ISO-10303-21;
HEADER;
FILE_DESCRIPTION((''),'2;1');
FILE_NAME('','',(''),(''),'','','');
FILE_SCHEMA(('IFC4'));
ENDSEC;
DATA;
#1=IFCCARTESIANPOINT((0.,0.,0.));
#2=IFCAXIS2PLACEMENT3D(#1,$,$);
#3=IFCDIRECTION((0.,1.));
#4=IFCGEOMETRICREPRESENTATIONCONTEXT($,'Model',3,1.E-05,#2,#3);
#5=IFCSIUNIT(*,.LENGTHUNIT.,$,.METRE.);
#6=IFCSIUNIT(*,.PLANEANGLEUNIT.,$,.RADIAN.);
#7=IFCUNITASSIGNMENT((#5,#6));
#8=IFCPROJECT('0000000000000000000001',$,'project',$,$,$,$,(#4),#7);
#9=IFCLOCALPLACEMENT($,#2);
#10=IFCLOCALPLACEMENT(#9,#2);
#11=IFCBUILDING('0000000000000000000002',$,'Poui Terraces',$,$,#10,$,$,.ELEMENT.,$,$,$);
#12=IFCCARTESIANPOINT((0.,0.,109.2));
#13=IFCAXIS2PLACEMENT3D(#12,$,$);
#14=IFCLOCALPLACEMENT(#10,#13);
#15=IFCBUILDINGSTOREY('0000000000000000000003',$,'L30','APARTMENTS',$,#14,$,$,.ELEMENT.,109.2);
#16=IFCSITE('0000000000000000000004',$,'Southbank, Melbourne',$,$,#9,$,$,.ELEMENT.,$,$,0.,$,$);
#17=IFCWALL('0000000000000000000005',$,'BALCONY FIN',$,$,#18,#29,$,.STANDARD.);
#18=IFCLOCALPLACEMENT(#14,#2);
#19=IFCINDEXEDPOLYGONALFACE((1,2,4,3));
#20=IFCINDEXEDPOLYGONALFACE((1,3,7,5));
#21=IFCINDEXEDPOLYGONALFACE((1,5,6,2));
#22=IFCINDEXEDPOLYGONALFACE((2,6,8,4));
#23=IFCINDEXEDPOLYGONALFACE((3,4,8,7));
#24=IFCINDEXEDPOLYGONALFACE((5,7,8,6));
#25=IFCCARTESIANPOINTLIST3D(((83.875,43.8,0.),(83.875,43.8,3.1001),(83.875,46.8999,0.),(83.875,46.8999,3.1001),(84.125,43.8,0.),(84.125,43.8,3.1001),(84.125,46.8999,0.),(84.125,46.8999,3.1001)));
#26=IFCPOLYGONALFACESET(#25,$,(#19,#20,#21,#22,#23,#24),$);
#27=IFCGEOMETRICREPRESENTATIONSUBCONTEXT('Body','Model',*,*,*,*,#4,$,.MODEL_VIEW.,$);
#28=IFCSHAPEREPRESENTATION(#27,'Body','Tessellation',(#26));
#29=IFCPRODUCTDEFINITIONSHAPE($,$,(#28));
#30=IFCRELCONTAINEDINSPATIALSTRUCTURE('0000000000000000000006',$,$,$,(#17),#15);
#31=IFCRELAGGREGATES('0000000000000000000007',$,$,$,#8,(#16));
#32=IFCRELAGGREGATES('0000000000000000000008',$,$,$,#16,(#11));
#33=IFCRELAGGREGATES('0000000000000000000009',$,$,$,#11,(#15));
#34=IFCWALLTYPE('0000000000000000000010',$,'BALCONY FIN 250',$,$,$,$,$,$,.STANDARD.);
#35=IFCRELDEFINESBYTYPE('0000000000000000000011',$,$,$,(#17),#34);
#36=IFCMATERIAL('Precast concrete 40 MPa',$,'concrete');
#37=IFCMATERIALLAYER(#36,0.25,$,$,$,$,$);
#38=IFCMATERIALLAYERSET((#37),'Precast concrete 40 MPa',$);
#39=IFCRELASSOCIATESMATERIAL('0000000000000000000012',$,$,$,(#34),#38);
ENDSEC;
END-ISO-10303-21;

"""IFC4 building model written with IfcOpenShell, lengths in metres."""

from ifc_helpers import new_model, si_unit, direction, frame, origin, place, context, subcontext, project, spatial, polyline, outline, extrude, source, transform, mapped, material, layer, layer_set, type_object, element, save


model = new_model("IFC4")

# Units and contexts
model_context = context("Model", 3, precision=1e-05, world=origin(), true_north=direction((0.0, 1.0)))
body_context = subcontext(model_context, "Body", "Model", "MODEL_VIEW")
ifc_project = project(units=[si_unit("LENGTHUNIT", "METRE"), si_unit("PLANEANGLEUNIT", "RADIAN")], contexts=[model_context])

# Site, building, storey
site_placement = place(None, origin())
site = spatial("IfcSite", under=ifc_project, at=site_placement, Name="Southbank, Melbourne", CompositionType="ELEMENT", RefElevation=0.0)
building_placement = place(site_placement, origin())
building = spatial("IfcBuilding", under=site, at=building_placement, Name="Poui Terraces", CompositionType="ELEMENT")
storey_placement = place(building_placement, frame((0.0, 0.0, 109.2)))
storey = spatial("IfcBuildingStorey", under=building, at=storey_placement, Name="L30", Description="APARTMENTS", CompositionType="ELEMENT", Elevation=109.2)

# Wall
ifc_material_1 = material(Name="Precast concrete 40 MPa", Category="concrete")
ifc_layer_1 = layer(ifc_material_1, 0.25)
ifc_layer_set_1 = layer_set([ifc_layer_1], Name="Precast concrete 40 MPa")
wall_type_1 = type_object("IfcWallType", Name="BALCONY FIN 250", PredefinedType="STANDARD", material=ifc_layer_set_1)
shared_shape_1 = source(origin(), body_context, "Body", "SweptSolid", [
    extrude(outline(polyline([(0.0, 0.0), (0.25, 0.0), (0.25, 3.0999), (0.0, 3.0999), (0.0, 0.0)])), origin(), (0.0, 0.0, 1.0), 3.1001),
])
for number, where, name in (
    (1, (83.875, 43.8, 0.0), "BALCONY FIN"),
):
    element("IfcWall", number, at=place(storey_placement, frame(where)), inside=storey, type_object=wall_type_1, Name=name, PredefinedType="STANDARD", context=body_context, shape_type="MappedRepresentation", body=[
        mapped(shared_shape_1, transform((0.0, 0.0, 0.0))),
    ])

save(model, "model.ifc")
